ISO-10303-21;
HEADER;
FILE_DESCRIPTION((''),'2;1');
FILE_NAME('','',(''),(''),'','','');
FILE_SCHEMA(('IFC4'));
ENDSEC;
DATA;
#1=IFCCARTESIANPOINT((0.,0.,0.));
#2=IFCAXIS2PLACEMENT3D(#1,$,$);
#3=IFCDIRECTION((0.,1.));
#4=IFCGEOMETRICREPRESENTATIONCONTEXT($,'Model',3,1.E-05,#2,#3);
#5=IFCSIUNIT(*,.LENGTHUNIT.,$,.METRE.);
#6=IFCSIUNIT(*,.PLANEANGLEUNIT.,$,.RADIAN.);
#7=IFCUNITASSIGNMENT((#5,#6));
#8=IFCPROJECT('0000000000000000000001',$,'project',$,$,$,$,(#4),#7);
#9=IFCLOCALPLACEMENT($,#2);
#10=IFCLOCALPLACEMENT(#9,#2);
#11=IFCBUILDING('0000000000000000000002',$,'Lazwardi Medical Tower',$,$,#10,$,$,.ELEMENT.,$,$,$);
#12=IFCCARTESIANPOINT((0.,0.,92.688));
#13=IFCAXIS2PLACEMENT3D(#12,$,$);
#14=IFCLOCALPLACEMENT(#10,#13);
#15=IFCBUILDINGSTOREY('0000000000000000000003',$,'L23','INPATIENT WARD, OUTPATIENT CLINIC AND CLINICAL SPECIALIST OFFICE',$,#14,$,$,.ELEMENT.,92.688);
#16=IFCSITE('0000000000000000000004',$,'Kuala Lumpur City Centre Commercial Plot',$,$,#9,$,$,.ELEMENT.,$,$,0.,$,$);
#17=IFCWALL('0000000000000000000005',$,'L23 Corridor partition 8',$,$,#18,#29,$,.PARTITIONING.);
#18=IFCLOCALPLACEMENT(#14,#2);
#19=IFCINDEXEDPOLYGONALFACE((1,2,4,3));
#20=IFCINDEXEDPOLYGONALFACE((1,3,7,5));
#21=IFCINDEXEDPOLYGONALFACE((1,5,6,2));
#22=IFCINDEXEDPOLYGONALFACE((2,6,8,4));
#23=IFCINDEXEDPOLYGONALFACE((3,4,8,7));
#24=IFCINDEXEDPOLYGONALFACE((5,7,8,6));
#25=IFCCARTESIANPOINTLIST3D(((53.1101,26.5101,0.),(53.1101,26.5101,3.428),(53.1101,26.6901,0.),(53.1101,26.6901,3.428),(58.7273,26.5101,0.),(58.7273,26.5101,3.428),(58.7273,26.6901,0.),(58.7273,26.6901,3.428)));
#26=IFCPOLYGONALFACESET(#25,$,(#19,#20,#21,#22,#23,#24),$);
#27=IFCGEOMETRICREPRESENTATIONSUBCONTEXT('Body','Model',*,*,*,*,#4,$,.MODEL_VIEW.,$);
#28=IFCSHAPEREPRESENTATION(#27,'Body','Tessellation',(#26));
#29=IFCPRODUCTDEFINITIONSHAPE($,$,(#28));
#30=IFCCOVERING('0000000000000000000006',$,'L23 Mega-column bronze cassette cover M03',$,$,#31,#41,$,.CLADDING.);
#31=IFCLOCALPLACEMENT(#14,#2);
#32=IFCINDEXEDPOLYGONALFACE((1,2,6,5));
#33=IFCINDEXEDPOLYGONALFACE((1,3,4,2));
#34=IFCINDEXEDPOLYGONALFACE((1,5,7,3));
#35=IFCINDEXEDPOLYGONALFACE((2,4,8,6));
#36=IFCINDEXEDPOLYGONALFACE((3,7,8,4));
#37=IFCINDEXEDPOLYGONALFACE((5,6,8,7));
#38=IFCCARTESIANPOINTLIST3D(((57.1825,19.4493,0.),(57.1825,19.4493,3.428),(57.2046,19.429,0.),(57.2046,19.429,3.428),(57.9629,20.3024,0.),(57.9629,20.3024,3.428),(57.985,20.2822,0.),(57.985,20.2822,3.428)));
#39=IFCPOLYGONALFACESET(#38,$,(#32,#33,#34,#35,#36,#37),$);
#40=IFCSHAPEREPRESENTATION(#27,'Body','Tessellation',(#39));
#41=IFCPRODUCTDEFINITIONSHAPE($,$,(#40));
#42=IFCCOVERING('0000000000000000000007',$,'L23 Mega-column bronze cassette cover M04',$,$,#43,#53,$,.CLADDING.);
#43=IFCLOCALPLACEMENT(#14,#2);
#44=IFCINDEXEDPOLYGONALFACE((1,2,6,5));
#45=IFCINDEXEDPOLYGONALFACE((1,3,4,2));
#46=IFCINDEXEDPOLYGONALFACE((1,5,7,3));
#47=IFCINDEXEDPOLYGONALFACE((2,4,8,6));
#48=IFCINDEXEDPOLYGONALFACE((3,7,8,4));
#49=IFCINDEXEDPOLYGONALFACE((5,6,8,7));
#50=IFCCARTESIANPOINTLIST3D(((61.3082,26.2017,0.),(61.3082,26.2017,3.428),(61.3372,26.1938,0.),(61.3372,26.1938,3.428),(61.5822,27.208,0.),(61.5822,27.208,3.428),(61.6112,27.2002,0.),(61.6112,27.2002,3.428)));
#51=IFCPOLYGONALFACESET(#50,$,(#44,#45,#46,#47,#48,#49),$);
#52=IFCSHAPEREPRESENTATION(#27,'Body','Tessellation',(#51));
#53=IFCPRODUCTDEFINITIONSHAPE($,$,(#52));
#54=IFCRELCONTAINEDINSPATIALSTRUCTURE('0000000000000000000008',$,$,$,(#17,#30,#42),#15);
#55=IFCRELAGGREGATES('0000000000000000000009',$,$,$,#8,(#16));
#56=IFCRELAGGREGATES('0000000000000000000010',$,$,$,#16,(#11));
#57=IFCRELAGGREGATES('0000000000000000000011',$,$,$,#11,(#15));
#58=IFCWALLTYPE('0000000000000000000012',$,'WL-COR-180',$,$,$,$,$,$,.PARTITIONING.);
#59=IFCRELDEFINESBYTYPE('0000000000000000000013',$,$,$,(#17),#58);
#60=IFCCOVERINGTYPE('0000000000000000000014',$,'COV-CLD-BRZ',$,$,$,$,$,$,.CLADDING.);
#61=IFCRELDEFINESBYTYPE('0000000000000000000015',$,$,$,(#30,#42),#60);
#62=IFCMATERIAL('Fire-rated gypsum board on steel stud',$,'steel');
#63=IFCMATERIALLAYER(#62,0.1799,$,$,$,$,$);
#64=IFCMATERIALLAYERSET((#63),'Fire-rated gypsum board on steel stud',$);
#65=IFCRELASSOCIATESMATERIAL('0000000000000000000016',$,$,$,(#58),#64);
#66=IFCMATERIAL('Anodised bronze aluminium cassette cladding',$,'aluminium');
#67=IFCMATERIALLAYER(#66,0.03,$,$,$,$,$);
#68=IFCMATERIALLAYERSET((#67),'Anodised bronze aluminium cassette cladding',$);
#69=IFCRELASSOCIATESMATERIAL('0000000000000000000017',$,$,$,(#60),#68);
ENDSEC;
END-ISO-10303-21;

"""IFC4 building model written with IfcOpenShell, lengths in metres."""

from ifc_helpers import new_model, si_unit, direction, frame, frame_2d, origin, origin_2d, place, context, subcontext, project, spatial, rectangle, extrude, material, layer, layer_set, type_object, element, save


model = new_model("IFC4")

# Units and contexts
model_context = context("Model", 3, precision=1e-05, world=origin(), true_north=direction((0.0, 1.0)))
body_context = subcontext(model_context, "Body", "Model", "MODEL_VIEW")
ifc_project = project(units=[si_unit("LENGTHUNIT", "METRE"), si_unit("PLANEANGLEUNIT", "RADIAN")], contexts=[model_context])

# Site, building, storey
site_placement = place(None, origin())
site = spatial("IfcSite", under=ifc_project, at=site_placement, Name="Kuala Lumpur City Centre Commercial Plot", CompositionType="ELEMENT", RefElevation=0.0)
building_placement = place(site_placement, origin())
building = spatial("IfcBuilding", under=site, at=building_placement, Name="Lazwardi Medical Tower", CompositionType="ELEMENT")
storey_placement = place(building_placement, frame((0.0, 0.0, 92.688)))
storey = spatial("IfcBuildingStorey", under=building, at=storey_placement, Name="L23", Description="INPATIENT WARD, OUTPATIENT CLINIC AND CLINICAL SPECIALIST OFFICE", CompositionType="ELEMENT", Elevation=92.688)

# Wall
ifc_material_1 = material(Name="Fire-rated gypsum board on steel stud", Category="steel")
ifc_layer_1 = layer(ifc_material_1, 0.1799)
ifc_layer_set_1 = layer_set([ifc_layer_1], Name="Fire-rated gypsum board on steel stud")
wall_type = type_object("IfcWallType", Name="WL-COR-180", PredefinedType="PARTITIONING", material=ifc_layer_set_1)
wall_placement = place(storey_placement, frame((58.7273, 26.6001, 0.0), z_axis=(0.0, 0.0, 1.0), x_axis=(-1.0, 0.0, 0.0)))
element("IfcWall", 1, at=wall_placement, inside=storey, type_object=wall_type, Name="L23 Corridor partition 8", PredefinedType="PARTITIONING", context=body_context, shape_type="SweptSolid", body=[
    extrude(rectangle(XDim=5.6172, YDim=0.1799, at=frame_2d((2.8086, 0.0))), origin(), (0.0, 0.0, 1.0), 3.428),
])

# Coverings
ifc_material_2 = material(Name="Anodised bronze aluminium cassette cladding", Category="aluminium")
ifc_layer_2 = layer(ifc_material_2, 0.03)
ifc_layer_set_2 = layer_set([ifc_layer_2], Name="Anodised bronze aluminium cassette cladding")
covering_type = type_object("IfcCoveringType", Name="COV-CLD-BRZ", PredefinedType="CLADDING", material=ifc_layer_set_2)
covering_1_placement = place(storey_placement, frame((57.5837, 19.8657, 0.0), z_axis=(0.0, 0.0, 1.0), x_axis=(0.674926, 0.737885, 0.0)))
element("IfcCovering", 2, at=covering_1_placement, inside=storey, type_object=covering_type, Name="L23 Mega-column bronze cassette cover M03", PredefinedType="CLADDING", context=body_context, shape_type="SweptSolid", body=[
    extrude(rectangle(XDim=1.1562, YDim=0.03, at=origin_2d()), origin(), (0.0, 0.0, 1.0), 3.428),
])
covering_2_placement = place(storey_placement, frame((61.4597, 26.7009, 0.0), z_axis=(0.0, 0.0, 1.0), x_axis=(0.262696, 0.964879, 0.0)))
element("IfcCovering", 3, at=covering_2_placement, inside=storey, type_object=covering_type, Name="L23 Mega-column bronze cassette cover M04", PredefinedType="CLADDING", context=body_context, shape_type="SweptSolid", body=[
    extrude(rectangle(XDim=1.043, YDim=0.03, at=origin_2d()), origin(), (0.0, 0.0, 1.0), 3.428),
])

save(model, "model.ifc")
